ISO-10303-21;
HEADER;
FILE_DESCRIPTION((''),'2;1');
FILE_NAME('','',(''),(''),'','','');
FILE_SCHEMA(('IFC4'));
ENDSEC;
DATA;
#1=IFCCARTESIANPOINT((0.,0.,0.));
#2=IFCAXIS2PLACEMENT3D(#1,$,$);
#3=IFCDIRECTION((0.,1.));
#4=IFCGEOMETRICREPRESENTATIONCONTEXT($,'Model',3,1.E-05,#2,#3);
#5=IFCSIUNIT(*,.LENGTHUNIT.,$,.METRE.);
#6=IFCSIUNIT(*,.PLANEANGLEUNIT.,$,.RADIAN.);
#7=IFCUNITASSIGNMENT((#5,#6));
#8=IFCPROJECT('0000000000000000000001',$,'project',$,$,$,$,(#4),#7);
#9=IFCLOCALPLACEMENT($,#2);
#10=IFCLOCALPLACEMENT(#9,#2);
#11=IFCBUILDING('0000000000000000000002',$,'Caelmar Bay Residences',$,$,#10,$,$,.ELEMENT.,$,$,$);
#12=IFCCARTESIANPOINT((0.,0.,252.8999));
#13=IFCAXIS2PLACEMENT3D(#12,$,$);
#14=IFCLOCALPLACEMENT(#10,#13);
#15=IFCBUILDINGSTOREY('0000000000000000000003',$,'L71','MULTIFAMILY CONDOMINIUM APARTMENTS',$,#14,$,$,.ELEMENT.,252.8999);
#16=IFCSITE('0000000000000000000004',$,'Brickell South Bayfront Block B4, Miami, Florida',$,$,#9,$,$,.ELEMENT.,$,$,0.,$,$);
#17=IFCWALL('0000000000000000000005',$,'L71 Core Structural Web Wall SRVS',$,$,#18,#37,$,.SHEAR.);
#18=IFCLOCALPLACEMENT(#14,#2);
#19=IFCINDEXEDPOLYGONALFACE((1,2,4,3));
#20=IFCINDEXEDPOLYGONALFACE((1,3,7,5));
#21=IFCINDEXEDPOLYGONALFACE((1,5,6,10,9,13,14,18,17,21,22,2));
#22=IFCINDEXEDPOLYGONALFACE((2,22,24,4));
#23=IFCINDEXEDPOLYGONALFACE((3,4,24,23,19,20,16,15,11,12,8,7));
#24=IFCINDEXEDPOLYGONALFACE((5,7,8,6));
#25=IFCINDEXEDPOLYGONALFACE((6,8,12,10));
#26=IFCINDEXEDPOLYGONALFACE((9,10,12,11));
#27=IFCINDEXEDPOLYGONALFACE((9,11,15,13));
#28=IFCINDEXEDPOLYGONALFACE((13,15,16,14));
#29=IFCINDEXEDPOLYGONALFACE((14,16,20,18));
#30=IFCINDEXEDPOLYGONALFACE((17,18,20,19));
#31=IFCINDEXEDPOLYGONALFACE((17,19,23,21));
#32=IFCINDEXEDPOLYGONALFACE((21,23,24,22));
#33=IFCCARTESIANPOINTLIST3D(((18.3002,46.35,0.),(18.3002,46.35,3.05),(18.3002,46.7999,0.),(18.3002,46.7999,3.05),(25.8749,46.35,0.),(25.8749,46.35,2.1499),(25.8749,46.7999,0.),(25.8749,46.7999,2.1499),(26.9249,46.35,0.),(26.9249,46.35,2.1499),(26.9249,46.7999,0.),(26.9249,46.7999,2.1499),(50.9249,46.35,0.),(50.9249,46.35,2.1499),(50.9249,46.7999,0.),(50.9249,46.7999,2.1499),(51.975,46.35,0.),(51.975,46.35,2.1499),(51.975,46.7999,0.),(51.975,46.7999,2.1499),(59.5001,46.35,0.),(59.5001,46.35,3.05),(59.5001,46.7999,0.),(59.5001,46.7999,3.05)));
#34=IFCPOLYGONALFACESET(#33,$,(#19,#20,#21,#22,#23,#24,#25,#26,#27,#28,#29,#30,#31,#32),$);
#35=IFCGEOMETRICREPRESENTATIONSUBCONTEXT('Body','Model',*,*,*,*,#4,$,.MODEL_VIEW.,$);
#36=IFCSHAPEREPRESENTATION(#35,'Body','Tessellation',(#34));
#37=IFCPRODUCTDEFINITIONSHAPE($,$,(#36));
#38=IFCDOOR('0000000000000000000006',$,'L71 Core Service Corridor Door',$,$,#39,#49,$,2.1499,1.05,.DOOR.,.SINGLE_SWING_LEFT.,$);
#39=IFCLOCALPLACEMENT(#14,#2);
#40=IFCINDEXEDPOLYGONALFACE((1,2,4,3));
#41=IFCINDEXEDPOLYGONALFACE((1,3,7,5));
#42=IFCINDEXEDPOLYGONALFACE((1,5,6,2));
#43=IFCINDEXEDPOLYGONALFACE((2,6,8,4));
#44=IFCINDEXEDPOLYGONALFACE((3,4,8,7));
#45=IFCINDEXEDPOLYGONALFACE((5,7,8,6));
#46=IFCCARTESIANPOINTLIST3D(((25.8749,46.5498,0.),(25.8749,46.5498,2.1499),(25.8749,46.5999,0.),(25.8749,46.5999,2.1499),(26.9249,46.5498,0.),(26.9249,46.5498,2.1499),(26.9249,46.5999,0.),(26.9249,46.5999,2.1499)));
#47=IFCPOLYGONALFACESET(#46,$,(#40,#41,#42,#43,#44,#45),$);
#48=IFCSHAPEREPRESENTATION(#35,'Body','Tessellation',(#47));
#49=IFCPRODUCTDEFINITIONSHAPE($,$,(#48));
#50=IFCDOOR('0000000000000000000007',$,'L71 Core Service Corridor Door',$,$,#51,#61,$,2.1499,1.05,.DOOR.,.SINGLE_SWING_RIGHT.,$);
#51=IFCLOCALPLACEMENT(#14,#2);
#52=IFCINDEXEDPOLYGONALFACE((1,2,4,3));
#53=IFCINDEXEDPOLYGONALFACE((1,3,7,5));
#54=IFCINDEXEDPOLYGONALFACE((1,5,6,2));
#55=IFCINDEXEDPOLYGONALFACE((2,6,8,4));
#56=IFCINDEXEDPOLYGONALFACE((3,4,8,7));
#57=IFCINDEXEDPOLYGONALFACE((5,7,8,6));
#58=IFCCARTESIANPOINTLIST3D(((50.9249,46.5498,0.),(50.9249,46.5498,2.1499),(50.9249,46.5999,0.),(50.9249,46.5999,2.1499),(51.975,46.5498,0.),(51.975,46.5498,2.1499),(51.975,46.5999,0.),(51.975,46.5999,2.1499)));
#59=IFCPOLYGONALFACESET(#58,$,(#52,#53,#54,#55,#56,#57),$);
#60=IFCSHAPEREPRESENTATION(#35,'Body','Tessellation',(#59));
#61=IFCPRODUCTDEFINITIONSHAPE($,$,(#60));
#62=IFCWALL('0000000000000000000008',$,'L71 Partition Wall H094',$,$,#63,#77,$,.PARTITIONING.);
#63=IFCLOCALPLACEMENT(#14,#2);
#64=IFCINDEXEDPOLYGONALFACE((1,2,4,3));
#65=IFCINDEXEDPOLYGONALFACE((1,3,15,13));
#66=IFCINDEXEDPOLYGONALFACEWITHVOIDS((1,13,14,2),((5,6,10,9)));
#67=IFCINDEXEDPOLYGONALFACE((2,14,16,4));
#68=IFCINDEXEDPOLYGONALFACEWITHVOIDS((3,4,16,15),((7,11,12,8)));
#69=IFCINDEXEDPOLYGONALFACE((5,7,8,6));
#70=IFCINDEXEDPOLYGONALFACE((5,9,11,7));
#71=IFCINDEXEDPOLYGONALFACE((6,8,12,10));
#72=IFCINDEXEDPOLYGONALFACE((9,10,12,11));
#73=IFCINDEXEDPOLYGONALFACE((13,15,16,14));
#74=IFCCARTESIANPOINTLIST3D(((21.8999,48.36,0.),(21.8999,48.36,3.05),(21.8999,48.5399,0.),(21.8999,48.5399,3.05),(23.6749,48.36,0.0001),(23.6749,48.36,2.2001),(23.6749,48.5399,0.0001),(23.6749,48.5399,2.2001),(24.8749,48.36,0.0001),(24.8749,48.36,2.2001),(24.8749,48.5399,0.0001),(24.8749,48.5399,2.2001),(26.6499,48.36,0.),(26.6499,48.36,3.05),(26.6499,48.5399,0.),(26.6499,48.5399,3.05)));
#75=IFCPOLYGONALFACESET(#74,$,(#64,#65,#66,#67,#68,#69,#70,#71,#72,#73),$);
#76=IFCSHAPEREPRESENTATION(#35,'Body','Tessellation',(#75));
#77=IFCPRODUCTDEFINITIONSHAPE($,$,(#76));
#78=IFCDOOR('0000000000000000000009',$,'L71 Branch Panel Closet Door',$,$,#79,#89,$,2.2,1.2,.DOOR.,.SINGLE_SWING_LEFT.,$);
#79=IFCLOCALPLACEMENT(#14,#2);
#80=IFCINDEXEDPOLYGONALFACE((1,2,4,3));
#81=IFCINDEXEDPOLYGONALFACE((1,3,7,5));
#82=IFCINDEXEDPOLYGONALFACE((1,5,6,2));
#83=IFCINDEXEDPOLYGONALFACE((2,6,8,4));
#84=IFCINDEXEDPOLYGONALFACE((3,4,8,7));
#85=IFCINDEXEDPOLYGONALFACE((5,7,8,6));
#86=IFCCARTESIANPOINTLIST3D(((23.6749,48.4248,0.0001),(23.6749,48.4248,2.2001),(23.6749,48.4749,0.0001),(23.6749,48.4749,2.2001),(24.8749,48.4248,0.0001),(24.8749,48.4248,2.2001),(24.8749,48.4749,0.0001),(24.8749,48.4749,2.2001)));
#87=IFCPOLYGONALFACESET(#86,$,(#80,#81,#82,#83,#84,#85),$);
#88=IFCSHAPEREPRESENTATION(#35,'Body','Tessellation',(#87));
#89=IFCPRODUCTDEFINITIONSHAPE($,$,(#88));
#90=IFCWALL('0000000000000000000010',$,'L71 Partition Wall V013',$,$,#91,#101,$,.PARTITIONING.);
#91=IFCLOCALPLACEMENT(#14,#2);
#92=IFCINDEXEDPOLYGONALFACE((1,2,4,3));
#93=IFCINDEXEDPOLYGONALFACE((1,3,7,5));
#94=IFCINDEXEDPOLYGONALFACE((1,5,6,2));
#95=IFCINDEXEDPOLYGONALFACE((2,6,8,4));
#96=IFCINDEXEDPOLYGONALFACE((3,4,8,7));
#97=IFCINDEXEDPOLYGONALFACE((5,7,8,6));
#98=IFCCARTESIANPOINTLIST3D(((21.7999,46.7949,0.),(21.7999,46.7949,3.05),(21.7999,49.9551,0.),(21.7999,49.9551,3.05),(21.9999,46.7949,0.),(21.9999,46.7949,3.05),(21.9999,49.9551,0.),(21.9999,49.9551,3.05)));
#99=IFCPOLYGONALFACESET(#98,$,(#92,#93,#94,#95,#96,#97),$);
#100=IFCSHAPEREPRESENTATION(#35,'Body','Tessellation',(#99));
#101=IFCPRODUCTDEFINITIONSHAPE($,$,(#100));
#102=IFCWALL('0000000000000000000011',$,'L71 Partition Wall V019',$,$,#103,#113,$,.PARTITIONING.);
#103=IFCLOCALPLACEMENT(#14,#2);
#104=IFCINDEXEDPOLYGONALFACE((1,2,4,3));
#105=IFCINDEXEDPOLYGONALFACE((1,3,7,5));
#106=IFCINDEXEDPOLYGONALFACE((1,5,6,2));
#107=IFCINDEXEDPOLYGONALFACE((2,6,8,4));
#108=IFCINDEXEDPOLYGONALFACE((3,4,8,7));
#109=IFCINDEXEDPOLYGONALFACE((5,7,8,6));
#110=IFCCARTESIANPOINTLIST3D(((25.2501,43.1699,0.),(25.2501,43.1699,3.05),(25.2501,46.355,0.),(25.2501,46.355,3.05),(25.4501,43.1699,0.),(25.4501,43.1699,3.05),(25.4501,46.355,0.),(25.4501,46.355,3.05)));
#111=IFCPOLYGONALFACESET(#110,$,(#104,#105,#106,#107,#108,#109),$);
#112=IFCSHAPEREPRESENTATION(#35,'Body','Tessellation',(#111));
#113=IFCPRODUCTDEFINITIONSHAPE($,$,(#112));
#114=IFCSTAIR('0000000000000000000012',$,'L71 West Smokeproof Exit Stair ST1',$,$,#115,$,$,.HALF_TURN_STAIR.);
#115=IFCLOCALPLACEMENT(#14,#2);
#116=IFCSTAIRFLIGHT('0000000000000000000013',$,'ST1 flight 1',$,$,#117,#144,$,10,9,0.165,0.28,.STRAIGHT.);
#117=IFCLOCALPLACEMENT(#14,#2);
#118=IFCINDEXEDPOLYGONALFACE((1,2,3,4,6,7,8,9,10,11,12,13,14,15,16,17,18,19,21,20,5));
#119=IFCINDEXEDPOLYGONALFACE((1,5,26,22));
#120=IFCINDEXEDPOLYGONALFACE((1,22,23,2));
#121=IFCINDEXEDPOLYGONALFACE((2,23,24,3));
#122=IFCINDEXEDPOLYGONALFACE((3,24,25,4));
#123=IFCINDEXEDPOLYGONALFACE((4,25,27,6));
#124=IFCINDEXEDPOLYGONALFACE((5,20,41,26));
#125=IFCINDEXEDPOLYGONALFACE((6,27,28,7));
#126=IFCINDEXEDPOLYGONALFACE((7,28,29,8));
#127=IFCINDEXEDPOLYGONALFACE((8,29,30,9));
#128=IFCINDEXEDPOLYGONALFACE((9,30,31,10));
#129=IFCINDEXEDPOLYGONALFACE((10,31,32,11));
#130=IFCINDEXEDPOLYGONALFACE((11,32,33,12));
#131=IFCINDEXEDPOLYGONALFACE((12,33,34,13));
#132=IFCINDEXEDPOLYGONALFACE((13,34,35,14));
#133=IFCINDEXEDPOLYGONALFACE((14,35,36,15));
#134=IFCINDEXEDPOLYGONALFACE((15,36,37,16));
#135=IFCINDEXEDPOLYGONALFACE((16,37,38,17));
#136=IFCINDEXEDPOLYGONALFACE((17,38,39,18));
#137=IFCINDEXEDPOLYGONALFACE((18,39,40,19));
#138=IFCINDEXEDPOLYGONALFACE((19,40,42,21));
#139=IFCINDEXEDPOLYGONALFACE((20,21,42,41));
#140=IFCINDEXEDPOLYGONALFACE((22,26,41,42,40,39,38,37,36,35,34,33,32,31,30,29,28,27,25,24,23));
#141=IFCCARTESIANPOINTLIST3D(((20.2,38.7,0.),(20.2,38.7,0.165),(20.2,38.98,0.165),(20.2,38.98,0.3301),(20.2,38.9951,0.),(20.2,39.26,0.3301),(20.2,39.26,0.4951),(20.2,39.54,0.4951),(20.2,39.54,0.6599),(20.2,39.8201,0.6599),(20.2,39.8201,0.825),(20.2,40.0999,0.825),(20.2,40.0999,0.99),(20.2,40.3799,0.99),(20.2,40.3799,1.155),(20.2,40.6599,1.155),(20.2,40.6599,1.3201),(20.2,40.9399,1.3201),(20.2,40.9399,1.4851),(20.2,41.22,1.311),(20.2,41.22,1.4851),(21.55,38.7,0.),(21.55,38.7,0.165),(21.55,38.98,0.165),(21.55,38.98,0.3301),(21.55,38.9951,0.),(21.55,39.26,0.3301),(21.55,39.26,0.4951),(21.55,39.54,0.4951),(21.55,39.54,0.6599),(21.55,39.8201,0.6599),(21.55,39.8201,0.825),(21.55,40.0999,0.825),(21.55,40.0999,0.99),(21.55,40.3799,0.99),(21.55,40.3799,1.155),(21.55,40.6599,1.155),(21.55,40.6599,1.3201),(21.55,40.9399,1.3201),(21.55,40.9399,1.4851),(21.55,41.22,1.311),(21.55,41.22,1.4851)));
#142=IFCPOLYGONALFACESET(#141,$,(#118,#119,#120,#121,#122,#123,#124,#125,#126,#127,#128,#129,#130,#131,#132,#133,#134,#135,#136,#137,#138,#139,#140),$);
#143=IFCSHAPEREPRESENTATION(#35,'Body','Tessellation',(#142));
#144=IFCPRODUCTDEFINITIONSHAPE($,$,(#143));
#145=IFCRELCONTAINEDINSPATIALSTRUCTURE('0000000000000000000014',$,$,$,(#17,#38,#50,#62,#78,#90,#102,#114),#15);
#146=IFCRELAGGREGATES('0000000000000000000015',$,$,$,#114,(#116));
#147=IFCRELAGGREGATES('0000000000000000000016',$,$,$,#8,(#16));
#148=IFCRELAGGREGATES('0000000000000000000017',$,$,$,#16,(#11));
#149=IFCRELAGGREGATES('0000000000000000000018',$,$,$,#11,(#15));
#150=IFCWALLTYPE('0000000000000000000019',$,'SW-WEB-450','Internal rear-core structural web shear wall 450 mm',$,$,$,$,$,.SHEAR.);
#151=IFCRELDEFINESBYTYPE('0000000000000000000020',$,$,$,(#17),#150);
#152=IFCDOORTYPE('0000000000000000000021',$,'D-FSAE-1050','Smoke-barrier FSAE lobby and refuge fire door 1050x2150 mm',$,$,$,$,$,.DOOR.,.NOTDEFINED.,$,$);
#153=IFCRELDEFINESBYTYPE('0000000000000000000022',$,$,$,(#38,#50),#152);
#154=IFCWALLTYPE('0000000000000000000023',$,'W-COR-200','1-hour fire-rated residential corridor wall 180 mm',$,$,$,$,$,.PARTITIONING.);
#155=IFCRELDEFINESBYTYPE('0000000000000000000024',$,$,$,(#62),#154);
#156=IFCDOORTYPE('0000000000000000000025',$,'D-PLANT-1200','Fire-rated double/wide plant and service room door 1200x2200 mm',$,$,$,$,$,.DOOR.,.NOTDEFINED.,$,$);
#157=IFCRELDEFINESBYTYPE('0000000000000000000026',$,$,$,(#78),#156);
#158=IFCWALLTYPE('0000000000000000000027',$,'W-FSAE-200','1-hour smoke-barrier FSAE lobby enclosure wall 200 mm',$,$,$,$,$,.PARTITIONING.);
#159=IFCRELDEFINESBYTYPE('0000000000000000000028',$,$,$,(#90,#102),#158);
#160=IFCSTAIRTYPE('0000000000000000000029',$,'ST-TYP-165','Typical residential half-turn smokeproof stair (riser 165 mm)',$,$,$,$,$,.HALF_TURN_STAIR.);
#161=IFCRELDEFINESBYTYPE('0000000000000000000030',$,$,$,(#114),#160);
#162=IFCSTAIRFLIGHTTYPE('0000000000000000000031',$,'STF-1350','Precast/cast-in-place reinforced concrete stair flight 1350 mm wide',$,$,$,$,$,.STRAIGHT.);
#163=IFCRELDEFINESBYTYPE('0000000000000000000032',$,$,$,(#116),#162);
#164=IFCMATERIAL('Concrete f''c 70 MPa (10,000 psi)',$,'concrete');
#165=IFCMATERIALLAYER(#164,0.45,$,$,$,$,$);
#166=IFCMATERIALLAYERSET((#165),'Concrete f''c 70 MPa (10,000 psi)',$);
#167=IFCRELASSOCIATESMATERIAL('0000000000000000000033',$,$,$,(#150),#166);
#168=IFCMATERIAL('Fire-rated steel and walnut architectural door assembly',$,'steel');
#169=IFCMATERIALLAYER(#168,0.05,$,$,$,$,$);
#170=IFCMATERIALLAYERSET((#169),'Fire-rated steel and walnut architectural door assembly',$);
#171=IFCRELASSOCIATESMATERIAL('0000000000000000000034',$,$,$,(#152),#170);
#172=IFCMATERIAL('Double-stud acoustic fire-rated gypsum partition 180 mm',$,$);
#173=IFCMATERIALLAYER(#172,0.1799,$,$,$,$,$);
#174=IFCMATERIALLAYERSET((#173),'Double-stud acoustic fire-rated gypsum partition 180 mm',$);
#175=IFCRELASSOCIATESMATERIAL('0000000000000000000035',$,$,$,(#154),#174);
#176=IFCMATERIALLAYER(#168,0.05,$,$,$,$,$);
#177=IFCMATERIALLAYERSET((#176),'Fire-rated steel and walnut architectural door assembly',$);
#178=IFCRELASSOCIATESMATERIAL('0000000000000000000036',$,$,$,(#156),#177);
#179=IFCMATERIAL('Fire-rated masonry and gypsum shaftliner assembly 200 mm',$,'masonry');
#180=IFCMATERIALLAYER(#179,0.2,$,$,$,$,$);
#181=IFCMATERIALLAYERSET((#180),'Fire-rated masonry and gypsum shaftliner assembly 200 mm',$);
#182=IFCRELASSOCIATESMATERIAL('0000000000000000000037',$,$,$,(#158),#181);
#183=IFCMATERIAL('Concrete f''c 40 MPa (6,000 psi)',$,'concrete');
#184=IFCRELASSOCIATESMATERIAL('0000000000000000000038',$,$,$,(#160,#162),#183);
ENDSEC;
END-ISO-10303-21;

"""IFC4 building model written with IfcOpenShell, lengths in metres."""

from ifc_helpers import new_model, si_unit, direction, frame, frame_2d, origin, place, context, subcontext, project, spatial, polyline, rectangle, outline, extrude, material, layer, layer_set, type_object, element, fill, aggregate, save


model = new_model("IFC4")

# Units and contexts
model_context = context("Model", 3, precision=1e-05, world=origin(), true_north=direction((0.0, 1.0)))
body_context = subcontext(model_context, "Body", "Model", "MODEL_VIEW")
ifc_project = project(units=[si_unit("LENGTHUNIT", "METRE"), si_unit("PLANEANGLEUNIT", "RADIAN")], contexts=[model_context])

# Site, building, storey
site_placement = place(None, origin())
site = spatial("IfcSite", under=ifc_project, at=site_placement, Name="Brickell South Bayfront Block B4, Miami, Florida", CompositionType="ELEMENT", RefElevation=0.0)
building_placement = place(site_placement, origin())
building = spatial("IfcBuilding", under=site, at=building_placement, Name="Caelmar Bay Residences", CompositionType="ELEMENT")
storey_placement = place(building_placement, frame((0.0, 0.0, 252.8999)))
storey = spatial("IfcBuildingStorey", under=building, at=storey_placement, Name="L71", Description="MULTIFAMILY CONDOMINIUM APARTMENTS", CompositionType="ELEMENT", Elevation=252.8999)

# Wall, openings, doors
ifc_material_1 = material(Name="Concrete f'c 70 MPa (10,000 psi)", Category="concrete")
ifc_layer_1 = layer(ifc_material_1, 0.45)
ifc_layer_set_1 = layer_set([ifc_layer_1], Name="Concrete f'c 70 MPa (10,000 psi)")
wall_type_1 = type_object("IfcWallType", Name="SW-WEB-450", Description="Internal rear-core structural web shear wall 450 mm", PredefinedType="SHEAR", material=ifc_layer_set_1)
ifc_material_2 = material(Name="Fire-rated steel and walnut architectural door assembly", Category="steel")
ifc_layer_2 = layer(ifc_material_2, 0.05)
ifc_layer_set_2 = layer_set([ifc_layer_2], Name="Fire-rated steel and walnut architectural door assembly")
door_type_1 = type_object("IfcDoorType", Name="D-FSAE-1050", Description="Smoke-barrier FSAE lobby and refuge fire door 1050x2150 mm", OperationType="NOTDEFINED", PredefinedType="DOOR", material=ifc_layer_set_2)
wall_1_placement = place(storey_placement, frame((18.3, 46.575, 0.0), z_axis=(0.0, 0.0, 1.0), x_axis=(1.0, 0.0, 0.0)))
wall_1 = element("IfcWall", 1, at=wall_1_placement, inside=storey, type_object=wall_type_1, Name="L71 Core Structural Web Wall SRVS", PredefinedType="SHEAR", context=body_context, shape_type="SweptSolid", body=[
    extrude(rectangle(XDim=41.2, YDim=0.45, at=frame_2d((20.6001, 0.0))), origin(), (0.0, 0.0, 1.0), 3.05),
])
opening_1_placement = place(wall_1_placement, frame((7.575, 0.0, 0.0)))
opening_1 = element("IfcOpeningElement", 2, at=opening_1_placement, cuts=wall_1, PredefinedType="OPENING", context=body_context, shape_type="SweptSolid", body=[
    extrude(rectangle(XDim=1.05, YDim=2.1499, at=frame_2d((0.5249, 1.075))), frame((0.0, 0.2349, 0.0), z_axis=(0.0, -1.0, 0.0), x_axis=(1.0, 0.0, 0.0)), (0.0, 0.0, 1.0), 0.47),
])
opening_2_placement = place(wall_1_placement, frame((32.625, 0.0, 0.0)))
opening_2 = element("IfcOpeningElement", 3, at=opening_2_placement, cuts=wall_1, PredefinedType="OPENING", context=body_context, shape_type="SweptSolid", body=[
    extrude(rectangle(XDim=1.05, YDim=2.1499, at=frame_2d((0.5249, 1.075))), frame((0.0, 0.2349, 0.0), z_axis=(0.0, -1.0, 0.0), x_axis=(1.0, 0.0, 0.0)), (0.0, 0.0, 1.0), 0.47),
])
door_1_placement = place(opening_1_placement, origin())
door_1 = element("IfcDoor", 4, at=door_1_placement, inside=storey, type_object=door_type_1, Name="L71 Core Service Corridor Door", OperationType="SINGLE_SWING_LEFT", OverallHeight=2.1499, OverallWidth=1.05, PredefinedType="DOOR", context=body_context, shape_type="SweptSolid", body=[
    extrude(rectangle(XDim=1.05, YDim=2.1499, at=frame_2d((0.5249, 1.075))), frame((0.0, 0.0249, 0.0), z_axis=(0.0, -1.0, 0.0), x_axis=(1.0, 0.0, 0.0)), (0.0, 0.0, 1.0), 0.05),
])
fill(opening_1, door_1)
door_2_placement = place(opening_2_placement, origin())
door_2 = element("IfcDoor", 5, at=door_2_placement, inside=storey, type_object=door_type_1, Name="L71 Core Service Corridor Door", OperationType="SINGLE_SWING_RIGHT", OverallHeight=2.1499, OverallWidth=1.05, PredefinedType="DOOR", context=body_context, shape_type="SweptSolid", body=[
    extrude(rectangle(XDim=1.05, YDim=2.1499, at=frame_2d((0.5249, 1.075))), frame((0.0, 0.0249, 0.0), z_axis=(0.0, -1.0, 0.0), x_axis=(1.0, 0.0, 0.0)), (0.0, 0.0, 1.0), 0.05),
])
fill(opening_2, door_2)

# Wall, opening, door
ifc_material_3 = material(Name="Double-stud acoustic fire-rated gypsum partition 180 mm")
ifc_layer_3 = layer(ifc_material_3, 0.1799)
ifc_layer_set_3 = layer_set([ifc_layer_3], Name="Double-stud acoustic fire-rated gypsum partition 180 mm")
wall_type_2 = type_object("IfcWallType", Name="W-COR-200", Description="1-hour fire-rated residential corridor wall 180 mm", PredefinedType="PARTITIONING", material=ifc_layer_set_3)
wall_2_placement = place(storey_placement, frame((21.8999, 48.45, 0.0), z_axis=(0.0, 0.0, 1.0), x_axis=(1.0, 0.0, 0.0)))
wall_2 = element("IfcWall", 6, at=wall_2_placement, inside=storey, type_object=wall_type_2, Name="L71 Partition Wall H094", PredefinedType="PARTITIONING", context=body_context, shape_type="SweptSolid", body=[
    extrude(rectangle(XDim=4.75, YDim=0.1799, at=frame_2d((2.375, 0.0))), origin(), (0.0, 0.0, 1.0), 3.05),
])
opening_3_placement = place(wall_2_placement, frame((1.7749, 0.0, 0.0)))
opening_3 = element("IfcOpeningElement", 7, at=opening_3_placement, cuts=wall_2, PredefinedType="OPENING", context=body_context, shape_type="SweptSolid", body=[
    extrude(rectangle(XDim=1.2, YDim=2.2, at=frame_2d((0.6001, 1.1001))), frame((0.0, 0.0999, 0.0), z_axis=(0.0, -1.0, 0.0), x_axis=(1.0, 0.0, 0.0)), (0.0, 0.0, 1.0), 0.2),
])
ifc_layer_4 = layer(ifc_material_2, 0.05)
ifc_layer_set_4 = layer_set([ifc_layer_4], Name="Fire-rated steel and walnut architectural door assembly")
door_type_2 = type_object("IfcDoorType", Name="D-PLANT-1200", Description="Fire-rated double/wide plant and service room door 1200x2200 mm", OperationType="NOTDEFINED", PredefinedType="DOOR", material=ifc_layer_set_4)
door_3_placement = place(opening_3_placement, origin())
door_3 = element("IfcDoor", 8, at=door_3_placement, inside=storey, type_object=door_type_2, Name="L71 Branch Panel Closet Door", OperationType="SINGLE_SWING_LEFT", OverallHeight=2.2, OverallWidth=1.2, PredefinedType="DOOR", context=body_context, shape_type="SweptSolid", body=[
    extrude(rectangle(XDim=1.2, YDim=2.2, at=frame_2d((0.6001, 1.1001))), frame((0.0, 0.0249, 0.0), z_axis=(0.0, -1.0, 0.0), x_axis=(1.0, 0.0, 0.0)), (0.0, 0.0, 1.0), 0.05),
])
fill(opening_3, door_3)

# Walls
ifc_material_4 = material(Name="Fire-rated masonry and gypsum shaftliner assembly 200 mm", Category="masonry")
ifc_layer_5 = layer(ifc_material_4, 0.2)
ifc_layer_set_5 = layer_set([ifc_layer_5], Name="Fire-rated masonry and gypsum shaftliner assembly 200 mm")
wall_type_3 = type_object("IfcWallType", Name="W-FSAE-200", Description="1-hour smoke-barrier FSAE lobby enclosure wall 200 mm", PredefinedType="PARTITIONING", material=ifc_layer_set_5)
wall_3_placement = place(storey_placement, frame((21.8999, 46.7949, 0.0), z_axis=(0.0, 0.0, 1.0), x_axis=(0.0, 1.0, 0.0)))
element("IfcWall", 9, at=wall_3_placement, inside=storey, type_object=wall_type_3, Name="L71 Partition Wall V013", PredefinedType="PARTITIONING", context=body_context, shape_type="SweptSolid", body=[
    extrude(rectangle(XDim=3.1602, YDim=0.2, at=frame_2d((1.5801, 0.0))), origin(), (0.0, 0.0, 1.0), 3.05),
])
wall_4_placement = place(storey_placement, frame((25.3501, 43.1699, 0.0), z_axis=(0.0, 0.0, 1.0), x_axis=(0.0, 1.0, 0.0)))
element("IfcWall", 10, at=wall_4_placement, inside=storey, type_object=wall_type_3, Name="L71 Partition Wall V019", PredefinedType="PARTITIONING", context=body_context, shape_type="SweptSolid", body=[
    extrude(rectangle(XDim=3.1851, YDim=0.2, at=frame_2d((1.5925, 0.0))), origin(), (0.0, 0.0, 1.0), 3.05),
])

# Stair, stair flight
ifc_material_5 = material(Name="Concrete f'c 40 MPa (6,000 psi)", Category="concrete")
stair_type = type_object("IfcStairType", Name="ST-TYP-165", Description="Typical residential half-turn smokeproof stair (riser 165 mm)", PredefinedType="HALF_TURN_STAIR", material=ifc_material_5)
stair_placement = place(storey_placement, origin())
stair = element("IfcStair", 11, at=stair_placement, inside=storey, type_object=stair_type, Name="L71 West Smokeproof Exit Stair ST1", PredefinedType="HALF_TURN_STAIR")
stair_flight_type = type_object("IfcStairFlightType", Name="STF-1350", Description="Precast/cast-in-place reinforced concrete stair flight 1350 mm wide", PredefinedType="STRAIGHT", material=ifc_material_5)
stair_flight_1_placement = place(storey_placement, frame((20.875, 38.7, 0.0), z_axis=(0.0, 0.0, 1.0), x_axis=(0.0, 1.0, 0.0)))
stair_flight_1 = element("IfcStairFlight", 12, at=stair_flight_1_placement, type_object=stair_flight_type, Name="ST1 flight 1", NumberOfRisers=10, NumberOfTreads=9, PredefinedType="STRAIGHT", RiserHeight=0.165, TreadLength=0.28, context=body_context, shape_type="SweptSolid", body=[
    extrude(outline(polyline([(0.0, 0.0), (0.0, 0.165), (0.28, 0.165), (0.28, 0.3301), (0.5601, 0.3301), (0.5601, 0.4951), (0.8401, 0.4951), (0.8401, 0.6599), (1.1201, 0.6599), (1.1201, 0.825), (1.3999, 0.825), (1.3999, 0.99), (1.6799, 0.99), (1.6799, 1.155), (1.96, 1.155), (1.96, 1.3201), (2.24, 1.3201), (2.24, 1.4851), (2.52, 1.4851), (2.52, 1.6499), (2.52, 1.311), (0.2952, 0.0), (0.0, 0.0)])), frame((0.0, 0.675, 0.0), z_axis=(0.0, -1.0, 0.0), x_axis=(1.0, 0.0, 0.0)), (0.0, 0.0, 1.0), 1.3501),
])
aggregate(stair, [stair_flight_1])

save(model, "model.ifc")
